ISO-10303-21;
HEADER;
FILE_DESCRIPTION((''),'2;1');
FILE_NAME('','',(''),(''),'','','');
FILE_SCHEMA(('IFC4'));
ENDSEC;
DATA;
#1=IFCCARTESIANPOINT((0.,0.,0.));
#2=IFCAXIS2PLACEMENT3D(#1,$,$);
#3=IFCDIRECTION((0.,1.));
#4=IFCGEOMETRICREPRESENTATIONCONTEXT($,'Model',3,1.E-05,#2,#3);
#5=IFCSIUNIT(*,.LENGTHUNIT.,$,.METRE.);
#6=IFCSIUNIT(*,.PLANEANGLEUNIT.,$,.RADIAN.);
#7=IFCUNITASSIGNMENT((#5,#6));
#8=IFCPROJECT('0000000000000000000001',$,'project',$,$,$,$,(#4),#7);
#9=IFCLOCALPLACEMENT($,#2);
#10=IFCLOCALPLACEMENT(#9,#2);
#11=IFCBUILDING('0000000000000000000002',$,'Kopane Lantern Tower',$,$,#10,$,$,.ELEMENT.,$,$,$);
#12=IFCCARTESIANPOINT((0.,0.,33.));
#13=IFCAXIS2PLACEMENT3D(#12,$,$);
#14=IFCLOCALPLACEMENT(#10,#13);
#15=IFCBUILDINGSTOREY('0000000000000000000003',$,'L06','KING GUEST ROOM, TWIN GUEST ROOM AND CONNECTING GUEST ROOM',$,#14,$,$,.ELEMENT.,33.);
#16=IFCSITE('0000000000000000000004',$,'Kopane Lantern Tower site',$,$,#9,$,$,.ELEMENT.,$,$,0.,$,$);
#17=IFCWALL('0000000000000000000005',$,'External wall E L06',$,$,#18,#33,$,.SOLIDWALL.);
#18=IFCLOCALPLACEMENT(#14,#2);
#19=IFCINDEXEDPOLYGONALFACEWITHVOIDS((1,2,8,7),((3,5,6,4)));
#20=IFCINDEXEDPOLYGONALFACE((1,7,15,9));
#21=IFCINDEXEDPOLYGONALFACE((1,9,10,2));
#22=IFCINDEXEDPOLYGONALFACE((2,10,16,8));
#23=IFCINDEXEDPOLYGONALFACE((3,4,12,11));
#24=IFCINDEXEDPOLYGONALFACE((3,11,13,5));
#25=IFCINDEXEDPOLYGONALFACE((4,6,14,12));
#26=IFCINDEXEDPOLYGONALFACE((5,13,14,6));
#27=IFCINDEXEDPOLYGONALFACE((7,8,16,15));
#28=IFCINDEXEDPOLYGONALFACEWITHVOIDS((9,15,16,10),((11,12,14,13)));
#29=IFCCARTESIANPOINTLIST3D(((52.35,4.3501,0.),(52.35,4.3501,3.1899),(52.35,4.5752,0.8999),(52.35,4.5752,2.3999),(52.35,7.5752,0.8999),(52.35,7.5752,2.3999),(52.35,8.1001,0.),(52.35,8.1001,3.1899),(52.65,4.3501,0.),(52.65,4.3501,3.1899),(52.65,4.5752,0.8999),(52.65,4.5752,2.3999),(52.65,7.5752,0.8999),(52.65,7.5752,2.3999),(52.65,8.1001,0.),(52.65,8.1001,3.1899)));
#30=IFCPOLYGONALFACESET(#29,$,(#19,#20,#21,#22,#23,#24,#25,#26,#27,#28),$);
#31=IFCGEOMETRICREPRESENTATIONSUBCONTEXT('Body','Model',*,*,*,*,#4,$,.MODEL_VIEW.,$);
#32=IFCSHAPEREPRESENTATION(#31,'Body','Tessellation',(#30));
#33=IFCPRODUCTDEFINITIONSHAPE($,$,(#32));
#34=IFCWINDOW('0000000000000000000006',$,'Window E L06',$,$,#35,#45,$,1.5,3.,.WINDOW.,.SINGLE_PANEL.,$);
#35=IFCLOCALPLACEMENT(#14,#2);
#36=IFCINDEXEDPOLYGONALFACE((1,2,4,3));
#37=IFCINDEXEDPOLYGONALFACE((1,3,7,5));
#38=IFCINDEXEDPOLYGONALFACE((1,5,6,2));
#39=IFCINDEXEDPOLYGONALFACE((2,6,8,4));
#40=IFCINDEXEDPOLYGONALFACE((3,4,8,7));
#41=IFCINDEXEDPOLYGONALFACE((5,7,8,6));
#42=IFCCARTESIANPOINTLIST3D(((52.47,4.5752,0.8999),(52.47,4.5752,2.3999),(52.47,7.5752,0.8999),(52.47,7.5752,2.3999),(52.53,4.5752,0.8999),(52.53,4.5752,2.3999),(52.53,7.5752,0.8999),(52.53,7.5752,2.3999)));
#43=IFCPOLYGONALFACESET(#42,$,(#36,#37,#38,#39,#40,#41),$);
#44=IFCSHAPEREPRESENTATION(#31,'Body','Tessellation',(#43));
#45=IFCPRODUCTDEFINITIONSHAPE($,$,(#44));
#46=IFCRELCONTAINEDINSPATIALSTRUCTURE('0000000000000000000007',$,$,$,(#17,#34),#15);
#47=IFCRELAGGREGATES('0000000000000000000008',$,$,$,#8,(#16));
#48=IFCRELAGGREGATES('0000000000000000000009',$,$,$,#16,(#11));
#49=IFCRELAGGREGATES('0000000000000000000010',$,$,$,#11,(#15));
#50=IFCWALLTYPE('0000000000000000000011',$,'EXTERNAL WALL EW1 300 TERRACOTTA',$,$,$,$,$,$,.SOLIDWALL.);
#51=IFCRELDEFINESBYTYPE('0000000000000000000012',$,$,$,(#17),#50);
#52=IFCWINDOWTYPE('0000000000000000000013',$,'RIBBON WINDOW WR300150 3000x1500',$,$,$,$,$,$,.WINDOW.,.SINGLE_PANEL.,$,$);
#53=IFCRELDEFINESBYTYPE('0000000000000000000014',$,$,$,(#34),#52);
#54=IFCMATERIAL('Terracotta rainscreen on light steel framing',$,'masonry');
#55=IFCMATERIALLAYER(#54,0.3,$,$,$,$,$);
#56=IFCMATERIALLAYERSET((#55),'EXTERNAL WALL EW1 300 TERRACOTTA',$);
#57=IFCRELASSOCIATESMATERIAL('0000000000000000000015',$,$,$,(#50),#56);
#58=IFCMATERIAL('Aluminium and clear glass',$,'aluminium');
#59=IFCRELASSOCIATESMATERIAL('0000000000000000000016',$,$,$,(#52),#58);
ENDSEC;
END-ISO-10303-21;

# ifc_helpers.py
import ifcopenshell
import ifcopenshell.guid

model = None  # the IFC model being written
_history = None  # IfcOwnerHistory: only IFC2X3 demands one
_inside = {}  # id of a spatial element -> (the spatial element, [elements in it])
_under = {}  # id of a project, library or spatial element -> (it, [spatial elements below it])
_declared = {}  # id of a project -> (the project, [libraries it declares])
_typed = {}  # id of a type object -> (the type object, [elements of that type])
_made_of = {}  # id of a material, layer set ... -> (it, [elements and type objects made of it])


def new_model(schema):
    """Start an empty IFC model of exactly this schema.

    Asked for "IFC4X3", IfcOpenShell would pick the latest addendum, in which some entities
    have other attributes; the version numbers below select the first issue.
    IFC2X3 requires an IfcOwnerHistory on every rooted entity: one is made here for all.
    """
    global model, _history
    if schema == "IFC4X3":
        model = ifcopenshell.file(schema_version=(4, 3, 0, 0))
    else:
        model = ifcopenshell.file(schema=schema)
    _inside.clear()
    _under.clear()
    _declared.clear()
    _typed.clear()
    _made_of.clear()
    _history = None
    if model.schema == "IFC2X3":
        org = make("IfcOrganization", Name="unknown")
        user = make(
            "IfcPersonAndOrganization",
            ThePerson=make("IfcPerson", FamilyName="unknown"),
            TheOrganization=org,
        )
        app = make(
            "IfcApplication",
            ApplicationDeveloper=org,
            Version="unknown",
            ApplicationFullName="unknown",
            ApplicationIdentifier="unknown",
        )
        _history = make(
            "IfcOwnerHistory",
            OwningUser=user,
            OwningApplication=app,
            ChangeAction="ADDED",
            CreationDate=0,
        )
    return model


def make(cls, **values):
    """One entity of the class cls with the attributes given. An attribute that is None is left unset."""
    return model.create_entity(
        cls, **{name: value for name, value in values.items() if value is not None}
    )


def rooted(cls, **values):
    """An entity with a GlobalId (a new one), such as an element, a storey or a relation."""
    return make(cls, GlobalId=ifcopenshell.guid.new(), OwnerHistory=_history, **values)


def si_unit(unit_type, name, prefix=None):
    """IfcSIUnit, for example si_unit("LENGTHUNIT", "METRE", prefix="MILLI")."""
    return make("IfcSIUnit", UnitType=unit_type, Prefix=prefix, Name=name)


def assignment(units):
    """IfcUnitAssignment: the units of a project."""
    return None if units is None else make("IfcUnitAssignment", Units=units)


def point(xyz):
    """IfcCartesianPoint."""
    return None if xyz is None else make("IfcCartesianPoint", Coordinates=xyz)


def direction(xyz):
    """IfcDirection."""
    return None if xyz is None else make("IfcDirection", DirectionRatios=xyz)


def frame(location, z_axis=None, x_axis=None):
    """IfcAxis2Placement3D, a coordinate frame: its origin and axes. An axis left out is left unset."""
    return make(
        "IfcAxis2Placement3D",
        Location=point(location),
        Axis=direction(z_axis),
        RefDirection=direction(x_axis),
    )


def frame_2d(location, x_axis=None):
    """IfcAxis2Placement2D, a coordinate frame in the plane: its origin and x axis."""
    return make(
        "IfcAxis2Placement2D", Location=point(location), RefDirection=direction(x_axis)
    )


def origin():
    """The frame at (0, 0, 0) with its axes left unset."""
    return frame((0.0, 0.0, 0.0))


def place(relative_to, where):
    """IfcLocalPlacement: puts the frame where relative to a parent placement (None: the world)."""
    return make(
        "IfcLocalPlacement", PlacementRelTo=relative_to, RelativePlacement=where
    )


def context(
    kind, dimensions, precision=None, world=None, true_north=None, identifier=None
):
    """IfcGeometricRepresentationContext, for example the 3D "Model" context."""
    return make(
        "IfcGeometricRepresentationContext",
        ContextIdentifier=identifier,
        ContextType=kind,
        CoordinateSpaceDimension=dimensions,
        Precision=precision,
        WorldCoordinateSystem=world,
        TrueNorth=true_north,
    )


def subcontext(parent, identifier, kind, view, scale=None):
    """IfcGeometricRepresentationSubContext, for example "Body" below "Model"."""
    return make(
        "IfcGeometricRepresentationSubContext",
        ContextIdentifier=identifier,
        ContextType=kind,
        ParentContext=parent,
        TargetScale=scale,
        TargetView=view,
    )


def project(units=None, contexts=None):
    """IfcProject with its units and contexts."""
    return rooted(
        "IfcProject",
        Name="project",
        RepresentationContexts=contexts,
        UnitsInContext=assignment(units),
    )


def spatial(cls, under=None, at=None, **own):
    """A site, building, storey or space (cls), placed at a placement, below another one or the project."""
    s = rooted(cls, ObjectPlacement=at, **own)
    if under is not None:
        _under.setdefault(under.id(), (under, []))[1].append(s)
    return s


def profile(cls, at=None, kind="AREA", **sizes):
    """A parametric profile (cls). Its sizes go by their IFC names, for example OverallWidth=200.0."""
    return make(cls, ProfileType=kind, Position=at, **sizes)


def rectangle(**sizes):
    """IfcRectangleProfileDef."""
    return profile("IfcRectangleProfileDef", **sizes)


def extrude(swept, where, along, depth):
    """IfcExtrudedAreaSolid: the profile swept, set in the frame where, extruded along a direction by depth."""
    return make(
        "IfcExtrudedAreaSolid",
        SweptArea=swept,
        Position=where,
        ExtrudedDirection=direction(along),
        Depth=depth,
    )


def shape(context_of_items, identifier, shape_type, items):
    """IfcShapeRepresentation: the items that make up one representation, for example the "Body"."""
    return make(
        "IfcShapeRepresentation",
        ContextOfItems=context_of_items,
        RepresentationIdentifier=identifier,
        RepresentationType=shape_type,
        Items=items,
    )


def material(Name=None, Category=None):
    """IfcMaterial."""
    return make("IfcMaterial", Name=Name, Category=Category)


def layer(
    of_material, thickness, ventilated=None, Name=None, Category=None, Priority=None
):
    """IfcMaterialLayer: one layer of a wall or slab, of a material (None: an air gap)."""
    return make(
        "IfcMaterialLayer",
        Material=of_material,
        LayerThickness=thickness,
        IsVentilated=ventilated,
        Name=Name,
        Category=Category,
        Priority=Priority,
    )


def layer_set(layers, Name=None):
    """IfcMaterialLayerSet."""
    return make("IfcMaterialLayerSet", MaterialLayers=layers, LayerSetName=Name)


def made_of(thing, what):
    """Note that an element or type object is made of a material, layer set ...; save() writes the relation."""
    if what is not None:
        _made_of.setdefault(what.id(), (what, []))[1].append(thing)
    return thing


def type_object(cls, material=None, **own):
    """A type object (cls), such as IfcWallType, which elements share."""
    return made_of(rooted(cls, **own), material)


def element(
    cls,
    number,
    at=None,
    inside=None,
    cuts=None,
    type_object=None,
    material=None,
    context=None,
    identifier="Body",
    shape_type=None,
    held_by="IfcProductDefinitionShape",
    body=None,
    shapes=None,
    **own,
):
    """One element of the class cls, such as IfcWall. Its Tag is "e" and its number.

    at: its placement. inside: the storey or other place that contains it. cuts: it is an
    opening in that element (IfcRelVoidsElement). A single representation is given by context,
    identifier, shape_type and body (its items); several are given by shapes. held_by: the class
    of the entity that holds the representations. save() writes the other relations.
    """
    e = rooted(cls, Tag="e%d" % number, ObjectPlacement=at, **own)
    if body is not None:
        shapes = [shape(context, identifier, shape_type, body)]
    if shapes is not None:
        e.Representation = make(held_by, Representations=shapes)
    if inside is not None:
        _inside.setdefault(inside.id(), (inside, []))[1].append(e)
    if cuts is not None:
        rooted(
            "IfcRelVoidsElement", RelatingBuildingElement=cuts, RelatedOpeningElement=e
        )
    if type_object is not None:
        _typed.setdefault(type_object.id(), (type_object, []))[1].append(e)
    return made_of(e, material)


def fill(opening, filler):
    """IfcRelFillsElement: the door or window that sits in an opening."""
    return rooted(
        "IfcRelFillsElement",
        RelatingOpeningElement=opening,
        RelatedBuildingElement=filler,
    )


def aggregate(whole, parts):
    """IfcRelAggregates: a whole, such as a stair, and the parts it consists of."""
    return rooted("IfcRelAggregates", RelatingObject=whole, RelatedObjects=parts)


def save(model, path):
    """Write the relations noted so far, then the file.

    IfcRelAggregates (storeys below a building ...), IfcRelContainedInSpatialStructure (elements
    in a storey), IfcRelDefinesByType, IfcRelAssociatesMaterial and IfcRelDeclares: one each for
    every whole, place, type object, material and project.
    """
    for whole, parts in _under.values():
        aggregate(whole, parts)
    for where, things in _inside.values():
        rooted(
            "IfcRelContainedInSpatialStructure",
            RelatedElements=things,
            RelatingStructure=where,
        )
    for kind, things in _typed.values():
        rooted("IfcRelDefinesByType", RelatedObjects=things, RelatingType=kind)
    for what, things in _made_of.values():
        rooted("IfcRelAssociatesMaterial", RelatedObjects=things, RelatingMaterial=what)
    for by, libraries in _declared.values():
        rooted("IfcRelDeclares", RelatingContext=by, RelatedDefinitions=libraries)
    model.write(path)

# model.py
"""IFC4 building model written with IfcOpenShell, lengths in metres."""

from ifc_helpers import new_model, si_unit, direction, frame, frame_2d, origin, place, context, subcontext, project, spatial, rectangle, extrude, material, layer, layer_set, type_object, element, fill, save


model = new_model("IFC4")

# Units and contexts
model_context = context("Model", 3, precision=1e-05, world=origin(), true_north=direction((0.0, 1.0)))
body_context = subcontext(model_context, "Body", "Model", "MODEL_VIEW")
ifc_project = project(units=[si_unit("LENGTHUNIT", "METRE"), si_unit("PLANEANGLEUNIT", "RADIAN")], contexts=[model_context])

# Site, building, storey
site_placement = place(None, origin())
site = spatial("IfcSite", under=ifc_project, at=site_placement, Name="Kopane Lantern Tower site", CompositionType="ELEMENT", RefElevation=0.0)
building_placement = place(site_placement, origin())
building = spatial("IfcBuilding", under=site, at=building_placement, Name="Kopane Lantern Tower", CompositionType="ELEMENT")
storey_placement = place(building_placement, frame((0.0, 0.0, 33.0)))
storey = spatial("IfcBuildingStorey", under=building, at=storey_placement, Name="L06", Description="KING GUEST ROOM, TWIN GUEST ROOM AND CONNECTING GUEST ROOM", CompositionType="ELEMENT", Elevation=33.0)

# Wall, opening, window
ifc_material_1 = material(Name="Terracotta rainscreen on light steel framing", Category="masonry")
ifc_layer_1 = layer(ifc_material_1, 0.3)
ifc_layer_set_1 = layer_set([ifc_layer_1], Name="EXTERNAL WALL EW1 300 TERRACOTTA")
wall_type_1 = type_object("IfcWallType", Name="EXTERNAL WALL EW1 300 TERRACOTTA", PredefinedType="SOLIDWALL", material=ifc_layer_set_1)
ifc_material_2 = material(Name="Aluminium and clear glass", Category="aluminium")
window_type = type_object("IfcWindowType", Name="RIBBON WINDOW WR300150 3000x1500", PartitioningType="SINGLE_PANEL", PredefinedType="WINDOW", material=ifc_material_2)
wall_1_placement = place(storey_placement, frame((52.5, 4.3501, 0.0), z_axis=(0.0, 0.0, 1.0), x_axis=(0.0, 1.0, 0.0)))
wall_1 = element("IfcWall", 1, at=wall_1_placement, inside=storey, type_object=wall_type_1, Name="External wall E L06", PredefinedType="SOLIDWALL", context=body_context, shape_type="SweptSolid", body=[
    extrude(rectangle(XDim=3.75, YDim=0.3, at=frame_2d((1.875, 0.0))), origin(), (0.0, 0.0, 1.0), 3.1899),
])
opening_1_placement = place(wall_1_placement, frame((0.2251, 0.0, 0.8999)))
opening_1 = element("IfcOpeningElement", 2, at=opening_1_placement, cuts=wall_1, PredefinedType="OPENING", context=body_context, shape_type="SweptSolid", body=[
    extrude(rectangle(XDim=3.0, YDim=1.5, at=frame_2d((1.5, 0.75))), frame((0.0, 0.1599, 0.0), z_axis=(0.0, -1.0, 0.0), x_axis=(1.0, 0.0, 0.0)), (0.0, 0.0, 1.0), 0.3201),
])
window_1_placement = place(opening_1_placement, origin())
window_1 = element("IfcWindow", 3, at=window_1_placement, inside=storey, type_object=window_type, Name="Window E L06", OverallHeight=1.5, OverallWidth=3.0, PartitioningType="SINGLE_PANEL", PredefinedType="WINDOW", context=body_context, shape_type="SweptSolid", body=[
    extrude(rectangle(XDim=3.0, YDim=1.5, at=frame_2d((1.5, 0.75))), frame((0.0, 0.03, 0.0), z_axis=(0.0, -1.0, 0.0), x_axis=(1.0, 0.0, 0.0)), (0.0, 0.0, 1.0), 0.0601),
])
fill(opening_1, window_1)

save(model, "model.ifc")
